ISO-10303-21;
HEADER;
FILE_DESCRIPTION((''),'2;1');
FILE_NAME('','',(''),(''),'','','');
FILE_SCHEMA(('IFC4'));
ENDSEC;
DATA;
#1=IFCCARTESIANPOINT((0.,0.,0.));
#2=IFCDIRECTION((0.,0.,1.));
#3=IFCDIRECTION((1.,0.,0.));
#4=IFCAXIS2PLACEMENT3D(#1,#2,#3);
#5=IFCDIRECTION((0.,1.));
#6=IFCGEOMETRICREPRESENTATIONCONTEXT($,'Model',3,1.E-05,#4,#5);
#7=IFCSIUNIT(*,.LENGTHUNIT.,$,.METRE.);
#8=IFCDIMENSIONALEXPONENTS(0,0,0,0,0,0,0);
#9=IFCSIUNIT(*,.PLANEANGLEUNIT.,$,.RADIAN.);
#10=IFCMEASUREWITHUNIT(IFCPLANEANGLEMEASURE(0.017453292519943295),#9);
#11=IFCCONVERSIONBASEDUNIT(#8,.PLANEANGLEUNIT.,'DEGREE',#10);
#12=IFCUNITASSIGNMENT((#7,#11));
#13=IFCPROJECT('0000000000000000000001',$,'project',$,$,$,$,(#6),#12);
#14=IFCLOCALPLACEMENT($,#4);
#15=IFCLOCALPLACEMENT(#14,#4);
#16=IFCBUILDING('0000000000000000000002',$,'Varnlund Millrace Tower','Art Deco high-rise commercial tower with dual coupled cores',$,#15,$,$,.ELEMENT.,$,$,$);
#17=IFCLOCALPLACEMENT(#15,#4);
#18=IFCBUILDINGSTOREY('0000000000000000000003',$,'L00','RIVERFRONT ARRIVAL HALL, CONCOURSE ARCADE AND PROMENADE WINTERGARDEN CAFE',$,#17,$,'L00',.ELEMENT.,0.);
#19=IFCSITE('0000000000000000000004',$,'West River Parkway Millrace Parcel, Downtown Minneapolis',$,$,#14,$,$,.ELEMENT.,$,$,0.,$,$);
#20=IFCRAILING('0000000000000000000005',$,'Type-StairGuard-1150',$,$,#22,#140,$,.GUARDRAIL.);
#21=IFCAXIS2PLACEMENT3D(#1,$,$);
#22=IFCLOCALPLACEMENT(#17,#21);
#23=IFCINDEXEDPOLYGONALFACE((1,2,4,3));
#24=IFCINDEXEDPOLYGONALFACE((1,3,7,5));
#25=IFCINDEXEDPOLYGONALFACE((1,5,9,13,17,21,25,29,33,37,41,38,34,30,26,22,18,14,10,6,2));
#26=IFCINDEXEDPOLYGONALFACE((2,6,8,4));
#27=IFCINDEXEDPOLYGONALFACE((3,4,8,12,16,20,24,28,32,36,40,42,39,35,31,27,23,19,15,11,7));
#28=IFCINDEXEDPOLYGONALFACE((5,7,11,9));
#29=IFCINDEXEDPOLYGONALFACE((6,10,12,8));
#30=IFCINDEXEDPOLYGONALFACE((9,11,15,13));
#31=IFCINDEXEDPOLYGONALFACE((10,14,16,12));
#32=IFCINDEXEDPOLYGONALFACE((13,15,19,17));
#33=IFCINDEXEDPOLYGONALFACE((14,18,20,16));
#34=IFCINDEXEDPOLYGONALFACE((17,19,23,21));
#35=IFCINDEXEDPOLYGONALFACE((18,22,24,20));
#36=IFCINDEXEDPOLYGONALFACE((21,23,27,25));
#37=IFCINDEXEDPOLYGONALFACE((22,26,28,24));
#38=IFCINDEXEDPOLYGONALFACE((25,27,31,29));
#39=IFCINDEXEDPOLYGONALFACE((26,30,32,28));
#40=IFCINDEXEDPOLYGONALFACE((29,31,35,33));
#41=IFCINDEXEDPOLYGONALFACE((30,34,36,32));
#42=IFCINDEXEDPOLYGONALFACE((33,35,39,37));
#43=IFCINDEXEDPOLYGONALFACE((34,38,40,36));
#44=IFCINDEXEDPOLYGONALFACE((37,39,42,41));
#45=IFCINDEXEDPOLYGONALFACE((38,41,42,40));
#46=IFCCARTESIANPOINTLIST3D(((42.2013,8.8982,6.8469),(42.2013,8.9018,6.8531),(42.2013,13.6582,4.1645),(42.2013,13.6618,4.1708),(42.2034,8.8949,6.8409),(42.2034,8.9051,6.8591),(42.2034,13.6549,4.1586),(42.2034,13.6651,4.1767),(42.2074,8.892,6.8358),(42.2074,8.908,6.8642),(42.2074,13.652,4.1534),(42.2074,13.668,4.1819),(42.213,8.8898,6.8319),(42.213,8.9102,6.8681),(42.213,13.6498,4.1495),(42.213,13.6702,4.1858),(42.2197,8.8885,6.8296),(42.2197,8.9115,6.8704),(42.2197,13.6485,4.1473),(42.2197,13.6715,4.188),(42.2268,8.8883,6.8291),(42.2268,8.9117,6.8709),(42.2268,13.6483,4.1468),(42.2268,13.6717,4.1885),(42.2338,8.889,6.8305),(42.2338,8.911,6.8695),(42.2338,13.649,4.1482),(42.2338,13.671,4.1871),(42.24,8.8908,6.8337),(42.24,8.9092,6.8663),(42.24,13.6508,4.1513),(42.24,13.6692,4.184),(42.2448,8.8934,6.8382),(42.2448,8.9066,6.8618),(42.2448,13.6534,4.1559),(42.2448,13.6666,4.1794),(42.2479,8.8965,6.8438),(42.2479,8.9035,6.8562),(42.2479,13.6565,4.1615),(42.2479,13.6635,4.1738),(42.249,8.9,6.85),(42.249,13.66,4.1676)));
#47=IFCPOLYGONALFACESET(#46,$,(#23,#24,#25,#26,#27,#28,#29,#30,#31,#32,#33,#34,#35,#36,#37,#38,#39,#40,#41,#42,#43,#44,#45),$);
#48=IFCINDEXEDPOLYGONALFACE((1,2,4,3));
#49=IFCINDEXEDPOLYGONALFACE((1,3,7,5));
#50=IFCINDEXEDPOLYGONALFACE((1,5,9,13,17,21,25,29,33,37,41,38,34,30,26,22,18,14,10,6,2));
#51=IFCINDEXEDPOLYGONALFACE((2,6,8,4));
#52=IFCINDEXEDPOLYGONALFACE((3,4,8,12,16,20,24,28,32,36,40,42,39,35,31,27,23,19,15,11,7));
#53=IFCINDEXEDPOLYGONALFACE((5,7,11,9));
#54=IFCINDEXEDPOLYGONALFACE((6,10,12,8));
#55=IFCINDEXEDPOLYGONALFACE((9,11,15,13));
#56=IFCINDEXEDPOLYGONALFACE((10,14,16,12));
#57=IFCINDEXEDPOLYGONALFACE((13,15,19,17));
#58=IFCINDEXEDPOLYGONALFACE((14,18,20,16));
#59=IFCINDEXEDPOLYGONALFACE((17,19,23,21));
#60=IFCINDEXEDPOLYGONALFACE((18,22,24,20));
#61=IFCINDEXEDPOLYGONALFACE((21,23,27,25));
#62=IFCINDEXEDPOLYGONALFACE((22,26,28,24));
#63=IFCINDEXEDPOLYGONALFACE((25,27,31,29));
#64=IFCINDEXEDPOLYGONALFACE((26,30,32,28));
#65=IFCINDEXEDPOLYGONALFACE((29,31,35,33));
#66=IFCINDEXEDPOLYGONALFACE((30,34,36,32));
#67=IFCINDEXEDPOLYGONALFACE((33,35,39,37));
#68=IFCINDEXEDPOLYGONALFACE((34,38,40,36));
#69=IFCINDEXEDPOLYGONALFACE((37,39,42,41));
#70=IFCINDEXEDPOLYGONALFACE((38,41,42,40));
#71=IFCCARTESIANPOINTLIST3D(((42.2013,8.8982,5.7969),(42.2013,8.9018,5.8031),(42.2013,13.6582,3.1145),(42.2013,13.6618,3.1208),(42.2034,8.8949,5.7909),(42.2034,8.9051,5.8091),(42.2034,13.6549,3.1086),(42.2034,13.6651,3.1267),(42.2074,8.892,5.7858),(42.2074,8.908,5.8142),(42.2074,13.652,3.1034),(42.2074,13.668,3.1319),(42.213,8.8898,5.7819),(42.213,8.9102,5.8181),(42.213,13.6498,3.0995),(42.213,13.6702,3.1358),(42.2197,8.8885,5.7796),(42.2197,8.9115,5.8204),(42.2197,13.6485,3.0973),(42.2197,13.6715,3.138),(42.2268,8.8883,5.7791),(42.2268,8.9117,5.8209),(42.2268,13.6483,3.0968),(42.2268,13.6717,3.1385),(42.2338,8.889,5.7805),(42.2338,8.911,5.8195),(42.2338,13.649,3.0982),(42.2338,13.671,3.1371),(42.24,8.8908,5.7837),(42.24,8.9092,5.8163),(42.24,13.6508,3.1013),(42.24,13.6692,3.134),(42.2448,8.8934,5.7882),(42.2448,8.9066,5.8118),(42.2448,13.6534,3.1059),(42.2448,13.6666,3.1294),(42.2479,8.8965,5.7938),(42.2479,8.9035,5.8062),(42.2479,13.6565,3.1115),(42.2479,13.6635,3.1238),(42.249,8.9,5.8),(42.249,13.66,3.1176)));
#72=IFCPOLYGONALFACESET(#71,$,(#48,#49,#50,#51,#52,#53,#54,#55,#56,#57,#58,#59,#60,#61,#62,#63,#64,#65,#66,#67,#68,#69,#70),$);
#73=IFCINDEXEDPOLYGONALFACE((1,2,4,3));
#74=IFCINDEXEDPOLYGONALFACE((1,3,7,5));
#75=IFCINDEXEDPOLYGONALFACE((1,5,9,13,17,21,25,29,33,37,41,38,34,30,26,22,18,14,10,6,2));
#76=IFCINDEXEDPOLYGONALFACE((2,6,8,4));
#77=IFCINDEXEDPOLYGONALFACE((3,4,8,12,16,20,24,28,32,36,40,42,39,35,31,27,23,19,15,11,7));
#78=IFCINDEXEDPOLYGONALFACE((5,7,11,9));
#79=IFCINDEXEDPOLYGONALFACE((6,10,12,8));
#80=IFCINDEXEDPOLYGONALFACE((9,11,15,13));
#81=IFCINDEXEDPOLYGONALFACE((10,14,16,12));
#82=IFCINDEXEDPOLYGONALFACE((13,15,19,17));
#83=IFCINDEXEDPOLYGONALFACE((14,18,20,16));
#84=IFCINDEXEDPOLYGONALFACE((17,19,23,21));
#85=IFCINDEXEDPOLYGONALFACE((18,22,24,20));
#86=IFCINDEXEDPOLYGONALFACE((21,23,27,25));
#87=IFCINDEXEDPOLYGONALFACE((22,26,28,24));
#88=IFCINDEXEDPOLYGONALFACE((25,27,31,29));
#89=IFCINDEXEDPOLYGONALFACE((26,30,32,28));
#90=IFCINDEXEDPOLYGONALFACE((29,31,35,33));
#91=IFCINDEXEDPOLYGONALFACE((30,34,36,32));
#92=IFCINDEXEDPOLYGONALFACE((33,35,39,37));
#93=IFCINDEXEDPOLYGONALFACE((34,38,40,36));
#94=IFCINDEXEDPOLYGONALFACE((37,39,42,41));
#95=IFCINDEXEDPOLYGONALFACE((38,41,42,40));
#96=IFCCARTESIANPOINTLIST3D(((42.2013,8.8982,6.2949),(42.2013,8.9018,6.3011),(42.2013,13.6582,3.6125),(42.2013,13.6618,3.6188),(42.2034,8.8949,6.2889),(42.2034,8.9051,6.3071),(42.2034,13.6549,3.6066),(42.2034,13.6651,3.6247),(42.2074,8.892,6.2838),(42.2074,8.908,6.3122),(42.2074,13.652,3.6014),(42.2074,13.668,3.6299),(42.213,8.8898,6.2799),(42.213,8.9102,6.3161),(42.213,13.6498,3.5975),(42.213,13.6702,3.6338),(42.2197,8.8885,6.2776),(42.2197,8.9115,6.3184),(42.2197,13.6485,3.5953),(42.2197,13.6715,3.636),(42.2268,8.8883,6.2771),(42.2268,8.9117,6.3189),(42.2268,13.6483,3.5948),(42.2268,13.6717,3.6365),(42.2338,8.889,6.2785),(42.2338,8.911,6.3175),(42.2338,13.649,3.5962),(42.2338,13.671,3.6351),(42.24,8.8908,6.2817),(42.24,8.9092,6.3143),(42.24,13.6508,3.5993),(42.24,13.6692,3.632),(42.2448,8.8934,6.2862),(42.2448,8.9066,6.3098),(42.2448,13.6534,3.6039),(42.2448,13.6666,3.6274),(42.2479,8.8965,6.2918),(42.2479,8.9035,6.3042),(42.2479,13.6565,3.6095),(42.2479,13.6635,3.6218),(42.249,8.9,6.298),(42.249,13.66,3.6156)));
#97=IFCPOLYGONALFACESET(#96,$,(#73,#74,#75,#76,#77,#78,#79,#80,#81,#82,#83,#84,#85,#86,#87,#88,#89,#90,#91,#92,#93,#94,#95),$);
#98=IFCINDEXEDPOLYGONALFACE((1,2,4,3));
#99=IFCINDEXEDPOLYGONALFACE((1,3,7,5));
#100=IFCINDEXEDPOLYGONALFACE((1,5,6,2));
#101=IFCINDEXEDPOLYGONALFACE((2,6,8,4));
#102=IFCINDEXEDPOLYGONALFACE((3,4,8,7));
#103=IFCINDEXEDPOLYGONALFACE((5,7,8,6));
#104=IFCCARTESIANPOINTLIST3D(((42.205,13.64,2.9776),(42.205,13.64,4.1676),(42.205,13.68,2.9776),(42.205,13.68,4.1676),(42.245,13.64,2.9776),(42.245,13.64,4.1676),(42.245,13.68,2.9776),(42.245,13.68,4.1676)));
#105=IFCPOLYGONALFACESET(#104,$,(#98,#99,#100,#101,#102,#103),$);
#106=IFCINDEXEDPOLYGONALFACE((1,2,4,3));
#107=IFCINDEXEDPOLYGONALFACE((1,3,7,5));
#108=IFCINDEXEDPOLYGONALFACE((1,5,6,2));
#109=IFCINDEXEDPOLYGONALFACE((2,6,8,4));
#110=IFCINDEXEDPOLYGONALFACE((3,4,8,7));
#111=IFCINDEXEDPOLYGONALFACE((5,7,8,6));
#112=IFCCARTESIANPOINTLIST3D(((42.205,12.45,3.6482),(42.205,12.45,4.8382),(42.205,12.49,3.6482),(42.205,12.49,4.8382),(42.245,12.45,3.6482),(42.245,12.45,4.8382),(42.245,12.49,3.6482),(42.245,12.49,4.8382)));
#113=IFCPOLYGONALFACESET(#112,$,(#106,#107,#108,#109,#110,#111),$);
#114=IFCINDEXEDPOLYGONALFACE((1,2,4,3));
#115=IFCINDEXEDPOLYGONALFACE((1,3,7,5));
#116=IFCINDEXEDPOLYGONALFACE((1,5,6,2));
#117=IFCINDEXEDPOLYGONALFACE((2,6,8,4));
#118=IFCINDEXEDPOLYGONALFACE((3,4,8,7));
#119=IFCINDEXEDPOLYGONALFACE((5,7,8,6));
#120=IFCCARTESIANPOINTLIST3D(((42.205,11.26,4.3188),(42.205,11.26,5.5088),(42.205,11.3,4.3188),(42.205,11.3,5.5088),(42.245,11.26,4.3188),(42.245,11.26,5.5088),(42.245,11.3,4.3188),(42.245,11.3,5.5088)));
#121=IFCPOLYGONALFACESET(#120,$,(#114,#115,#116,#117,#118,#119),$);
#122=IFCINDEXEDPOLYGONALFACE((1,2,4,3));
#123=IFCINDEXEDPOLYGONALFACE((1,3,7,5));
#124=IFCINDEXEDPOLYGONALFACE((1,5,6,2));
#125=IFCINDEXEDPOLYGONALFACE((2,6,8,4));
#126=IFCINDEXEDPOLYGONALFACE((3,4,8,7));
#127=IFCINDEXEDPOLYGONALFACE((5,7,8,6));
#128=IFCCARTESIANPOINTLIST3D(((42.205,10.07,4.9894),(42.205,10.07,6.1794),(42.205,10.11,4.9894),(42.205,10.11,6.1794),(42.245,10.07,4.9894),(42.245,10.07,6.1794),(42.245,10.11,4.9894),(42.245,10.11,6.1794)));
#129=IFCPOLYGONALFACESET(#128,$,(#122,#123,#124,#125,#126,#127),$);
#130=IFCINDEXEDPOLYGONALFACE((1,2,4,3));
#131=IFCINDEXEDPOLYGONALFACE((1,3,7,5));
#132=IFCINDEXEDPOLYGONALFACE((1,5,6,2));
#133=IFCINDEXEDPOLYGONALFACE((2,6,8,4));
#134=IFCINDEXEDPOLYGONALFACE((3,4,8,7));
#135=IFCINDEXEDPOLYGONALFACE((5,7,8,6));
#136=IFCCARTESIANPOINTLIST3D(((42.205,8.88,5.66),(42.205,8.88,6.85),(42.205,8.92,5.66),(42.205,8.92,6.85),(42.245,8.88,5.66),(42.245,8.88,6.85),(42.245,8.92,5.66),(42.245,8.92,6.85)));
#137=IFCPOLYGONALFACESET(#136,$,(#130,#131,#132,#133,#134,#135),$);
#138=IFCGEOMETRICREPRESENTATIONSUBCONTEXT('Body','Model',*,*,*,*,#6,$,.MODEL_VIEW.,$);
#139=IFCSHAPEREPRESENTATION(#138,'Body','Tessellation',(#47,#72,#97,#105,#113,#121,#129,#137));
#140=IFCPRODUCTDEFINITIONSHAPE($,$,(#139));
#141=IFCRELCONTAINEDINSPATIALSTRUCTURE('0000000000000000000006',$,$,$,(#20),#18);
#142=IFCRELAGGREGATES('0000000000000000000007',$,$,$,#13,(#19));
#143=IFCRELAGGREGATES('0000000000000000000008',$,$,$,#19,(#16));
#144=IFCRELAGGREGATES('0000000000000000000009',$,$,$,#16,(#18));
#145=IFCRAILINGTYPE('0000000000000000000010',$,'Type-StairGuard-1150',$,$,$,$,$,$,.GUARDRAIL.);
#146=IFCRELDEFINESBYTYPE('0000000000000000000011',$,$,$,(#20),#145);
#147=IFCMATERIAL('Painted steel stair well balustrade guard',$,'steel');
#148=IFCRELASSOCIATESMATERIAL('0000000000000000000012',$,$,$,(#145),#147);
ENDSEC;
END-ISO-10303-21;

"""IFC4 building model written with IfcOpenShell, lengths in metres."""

from ifc_helpers import new_model, entity, si_unit, converted_unit, direction, frame, origin_with_axes, origin_2d_with_axis, place, context, subcontext, project, spatial, rectangle, circle, extrude, material, type_object, element, save


model = new_model("IFC4")

# Units and contexts
model_context = context("Model", 3, precision=1e-05, world=origin_with_axes(), true_north=direction((0.0, 1.0)))
body_context = subcontext(model_context, "Body", "Model", "MODEL_VIEW")
ifc_project = project(units=[si_unit("LENGTHUNIT", "METRE"), converted_unit("PLANEANGLEUNIT", "DEGREE", entity("IfcPlaneAngleMeasure", 0.017453292519943295), si_unit("PLANEANGLEUNIT", "RADIAN"), dimensions=[0, 0, 0, 0, 0, 0, 0])], contexts=[model_context])

# Site, building, storey
site_placement = place(None, origin_with_axes())
site = spatial("IfcSite", under=ifc_project, at=site_placement, Name="West River Parkway Millrace Parcel, Downtown Minneapolis", CompositionType="ELEMENT", RefElevation=0.0)
building_placement = place(site_placement, origin_with_axes())
building = spatial("IfcBuilding", under=site, at=building_placement, Name="Varnlund Millrace Tower", Description="Art Deco high-rise commercial tower with dual coupled cores", CompositionType="ELEMENT")
storey_placement = place(building_placement, origin_with_axes())
storey = spatial("IfcBuildingStorey", under=building, at=storey_placement, Name="L00", Description="RIVERFRONT ARRIVAL HALL, CONCOURSE ARCADE AND PROMENADE WINTERGARDEN CAFE", LongName="L00", CompositionType="ELEMENT", Elevation=0.0)

# Railing
ifc_material_1 = material(Name="Painted steel stair well balustrade guard", Category="steel")
railing_type_1 = type_object("IfcRailingType", Name="Type-StairGuard-1150", PredefinedType="GUARDRAIL", material=ifc_material_1)
railing_1_placement = place(storey_placement, origin_with_axes())
element("IfcRailing", 1, at=railing_1_placement, inside=storey, type_object=railing_type_1, Name="Type-StairGuard-1150", PredefinedType="GUARDRAIL", context=body_context, shape_type="SweptSolid", body=[
    extrude(circle(Radius=0.024, at=origin_2d_with_axis()), frame((42.225, 13.66, 4.1676), z_axis=(0.0, -0.871196, 0.490936), x_axis=(1.0, 0.0, 0.0)), (0.0, 0.0, 1.0), 5.4638),
    extrude(circle(Radius=0.024, at=origin_2d_with_axis()), frame((42.225, 13.66, 3.1176), z_axis=(0.0, -0.871196, 0.490936), x_axis=(1.0, 0.0, 0.0)), (0.0, 0.0, 1.0), 5.4638),
    extrude(circle(Radius=0.024, at=origin_2d_with_axis()), frame((42.225, 13.66, 3.6156), z_axis=(0.0, -0.871196, 0.490936), x_axis=(1.0, 0.0, 0.0)), (0.0, 0.0, 1.0), 5.4638),
    extrude(rectangle(XDim=0.04, YDim=0.04, at=origin_2d_with_axis()), frame((42.225, 13.66, 2.9776), z_axis=(0.0, 0.0, 1.0), x_axis=(1.0, 0.0, 0.0)), (0.0, 0.0, 1.0), 1.19),
    extrude(rectangle(XDim=0.04, YDim=0.04, at=origin_2d_with_axis()), frame((42.225, 12.47, 3.6482), z_axis=(0.0, 0.0, 1.0), x_axis=(1.0, 0.0, 0.0)), (0.0, 0.0, 1.0), 1.19),
    extrude(rectangle(XDim=0.04, YDim=0.04, at=origin_2d_with_axis()), frame((42.225, 11.28, 4.3188), z_axis=(0.0, 0.0, 1.0), x_axis=(1.0, 0.0, 0.0)), (0.0, 0.0, 1.0), 1.19),
    extrude(rectangle(XDim=0.04, YDim=0.04, at=origin_2d_with_axis()), frame((42.225, 10.09, 4.9894), z_axis=(0.0, 0.0, 1.0), x_axis=(1.0, 0.0, 0.0)), (0.0, 0.0, 1.0), 1.19),
    extrude(rectangle(XDim=0.04, YDim=0.04, at=origin_2d_with_axis()), frame((42.225, 8.9, 5.66), z_axis=(0.0, 0.0, 1.0), x_axis=(1.0, 0.0, 0.0)), (0.0, 0.0, 1.0), 1.19),
])

save(model, "model.ifc")
